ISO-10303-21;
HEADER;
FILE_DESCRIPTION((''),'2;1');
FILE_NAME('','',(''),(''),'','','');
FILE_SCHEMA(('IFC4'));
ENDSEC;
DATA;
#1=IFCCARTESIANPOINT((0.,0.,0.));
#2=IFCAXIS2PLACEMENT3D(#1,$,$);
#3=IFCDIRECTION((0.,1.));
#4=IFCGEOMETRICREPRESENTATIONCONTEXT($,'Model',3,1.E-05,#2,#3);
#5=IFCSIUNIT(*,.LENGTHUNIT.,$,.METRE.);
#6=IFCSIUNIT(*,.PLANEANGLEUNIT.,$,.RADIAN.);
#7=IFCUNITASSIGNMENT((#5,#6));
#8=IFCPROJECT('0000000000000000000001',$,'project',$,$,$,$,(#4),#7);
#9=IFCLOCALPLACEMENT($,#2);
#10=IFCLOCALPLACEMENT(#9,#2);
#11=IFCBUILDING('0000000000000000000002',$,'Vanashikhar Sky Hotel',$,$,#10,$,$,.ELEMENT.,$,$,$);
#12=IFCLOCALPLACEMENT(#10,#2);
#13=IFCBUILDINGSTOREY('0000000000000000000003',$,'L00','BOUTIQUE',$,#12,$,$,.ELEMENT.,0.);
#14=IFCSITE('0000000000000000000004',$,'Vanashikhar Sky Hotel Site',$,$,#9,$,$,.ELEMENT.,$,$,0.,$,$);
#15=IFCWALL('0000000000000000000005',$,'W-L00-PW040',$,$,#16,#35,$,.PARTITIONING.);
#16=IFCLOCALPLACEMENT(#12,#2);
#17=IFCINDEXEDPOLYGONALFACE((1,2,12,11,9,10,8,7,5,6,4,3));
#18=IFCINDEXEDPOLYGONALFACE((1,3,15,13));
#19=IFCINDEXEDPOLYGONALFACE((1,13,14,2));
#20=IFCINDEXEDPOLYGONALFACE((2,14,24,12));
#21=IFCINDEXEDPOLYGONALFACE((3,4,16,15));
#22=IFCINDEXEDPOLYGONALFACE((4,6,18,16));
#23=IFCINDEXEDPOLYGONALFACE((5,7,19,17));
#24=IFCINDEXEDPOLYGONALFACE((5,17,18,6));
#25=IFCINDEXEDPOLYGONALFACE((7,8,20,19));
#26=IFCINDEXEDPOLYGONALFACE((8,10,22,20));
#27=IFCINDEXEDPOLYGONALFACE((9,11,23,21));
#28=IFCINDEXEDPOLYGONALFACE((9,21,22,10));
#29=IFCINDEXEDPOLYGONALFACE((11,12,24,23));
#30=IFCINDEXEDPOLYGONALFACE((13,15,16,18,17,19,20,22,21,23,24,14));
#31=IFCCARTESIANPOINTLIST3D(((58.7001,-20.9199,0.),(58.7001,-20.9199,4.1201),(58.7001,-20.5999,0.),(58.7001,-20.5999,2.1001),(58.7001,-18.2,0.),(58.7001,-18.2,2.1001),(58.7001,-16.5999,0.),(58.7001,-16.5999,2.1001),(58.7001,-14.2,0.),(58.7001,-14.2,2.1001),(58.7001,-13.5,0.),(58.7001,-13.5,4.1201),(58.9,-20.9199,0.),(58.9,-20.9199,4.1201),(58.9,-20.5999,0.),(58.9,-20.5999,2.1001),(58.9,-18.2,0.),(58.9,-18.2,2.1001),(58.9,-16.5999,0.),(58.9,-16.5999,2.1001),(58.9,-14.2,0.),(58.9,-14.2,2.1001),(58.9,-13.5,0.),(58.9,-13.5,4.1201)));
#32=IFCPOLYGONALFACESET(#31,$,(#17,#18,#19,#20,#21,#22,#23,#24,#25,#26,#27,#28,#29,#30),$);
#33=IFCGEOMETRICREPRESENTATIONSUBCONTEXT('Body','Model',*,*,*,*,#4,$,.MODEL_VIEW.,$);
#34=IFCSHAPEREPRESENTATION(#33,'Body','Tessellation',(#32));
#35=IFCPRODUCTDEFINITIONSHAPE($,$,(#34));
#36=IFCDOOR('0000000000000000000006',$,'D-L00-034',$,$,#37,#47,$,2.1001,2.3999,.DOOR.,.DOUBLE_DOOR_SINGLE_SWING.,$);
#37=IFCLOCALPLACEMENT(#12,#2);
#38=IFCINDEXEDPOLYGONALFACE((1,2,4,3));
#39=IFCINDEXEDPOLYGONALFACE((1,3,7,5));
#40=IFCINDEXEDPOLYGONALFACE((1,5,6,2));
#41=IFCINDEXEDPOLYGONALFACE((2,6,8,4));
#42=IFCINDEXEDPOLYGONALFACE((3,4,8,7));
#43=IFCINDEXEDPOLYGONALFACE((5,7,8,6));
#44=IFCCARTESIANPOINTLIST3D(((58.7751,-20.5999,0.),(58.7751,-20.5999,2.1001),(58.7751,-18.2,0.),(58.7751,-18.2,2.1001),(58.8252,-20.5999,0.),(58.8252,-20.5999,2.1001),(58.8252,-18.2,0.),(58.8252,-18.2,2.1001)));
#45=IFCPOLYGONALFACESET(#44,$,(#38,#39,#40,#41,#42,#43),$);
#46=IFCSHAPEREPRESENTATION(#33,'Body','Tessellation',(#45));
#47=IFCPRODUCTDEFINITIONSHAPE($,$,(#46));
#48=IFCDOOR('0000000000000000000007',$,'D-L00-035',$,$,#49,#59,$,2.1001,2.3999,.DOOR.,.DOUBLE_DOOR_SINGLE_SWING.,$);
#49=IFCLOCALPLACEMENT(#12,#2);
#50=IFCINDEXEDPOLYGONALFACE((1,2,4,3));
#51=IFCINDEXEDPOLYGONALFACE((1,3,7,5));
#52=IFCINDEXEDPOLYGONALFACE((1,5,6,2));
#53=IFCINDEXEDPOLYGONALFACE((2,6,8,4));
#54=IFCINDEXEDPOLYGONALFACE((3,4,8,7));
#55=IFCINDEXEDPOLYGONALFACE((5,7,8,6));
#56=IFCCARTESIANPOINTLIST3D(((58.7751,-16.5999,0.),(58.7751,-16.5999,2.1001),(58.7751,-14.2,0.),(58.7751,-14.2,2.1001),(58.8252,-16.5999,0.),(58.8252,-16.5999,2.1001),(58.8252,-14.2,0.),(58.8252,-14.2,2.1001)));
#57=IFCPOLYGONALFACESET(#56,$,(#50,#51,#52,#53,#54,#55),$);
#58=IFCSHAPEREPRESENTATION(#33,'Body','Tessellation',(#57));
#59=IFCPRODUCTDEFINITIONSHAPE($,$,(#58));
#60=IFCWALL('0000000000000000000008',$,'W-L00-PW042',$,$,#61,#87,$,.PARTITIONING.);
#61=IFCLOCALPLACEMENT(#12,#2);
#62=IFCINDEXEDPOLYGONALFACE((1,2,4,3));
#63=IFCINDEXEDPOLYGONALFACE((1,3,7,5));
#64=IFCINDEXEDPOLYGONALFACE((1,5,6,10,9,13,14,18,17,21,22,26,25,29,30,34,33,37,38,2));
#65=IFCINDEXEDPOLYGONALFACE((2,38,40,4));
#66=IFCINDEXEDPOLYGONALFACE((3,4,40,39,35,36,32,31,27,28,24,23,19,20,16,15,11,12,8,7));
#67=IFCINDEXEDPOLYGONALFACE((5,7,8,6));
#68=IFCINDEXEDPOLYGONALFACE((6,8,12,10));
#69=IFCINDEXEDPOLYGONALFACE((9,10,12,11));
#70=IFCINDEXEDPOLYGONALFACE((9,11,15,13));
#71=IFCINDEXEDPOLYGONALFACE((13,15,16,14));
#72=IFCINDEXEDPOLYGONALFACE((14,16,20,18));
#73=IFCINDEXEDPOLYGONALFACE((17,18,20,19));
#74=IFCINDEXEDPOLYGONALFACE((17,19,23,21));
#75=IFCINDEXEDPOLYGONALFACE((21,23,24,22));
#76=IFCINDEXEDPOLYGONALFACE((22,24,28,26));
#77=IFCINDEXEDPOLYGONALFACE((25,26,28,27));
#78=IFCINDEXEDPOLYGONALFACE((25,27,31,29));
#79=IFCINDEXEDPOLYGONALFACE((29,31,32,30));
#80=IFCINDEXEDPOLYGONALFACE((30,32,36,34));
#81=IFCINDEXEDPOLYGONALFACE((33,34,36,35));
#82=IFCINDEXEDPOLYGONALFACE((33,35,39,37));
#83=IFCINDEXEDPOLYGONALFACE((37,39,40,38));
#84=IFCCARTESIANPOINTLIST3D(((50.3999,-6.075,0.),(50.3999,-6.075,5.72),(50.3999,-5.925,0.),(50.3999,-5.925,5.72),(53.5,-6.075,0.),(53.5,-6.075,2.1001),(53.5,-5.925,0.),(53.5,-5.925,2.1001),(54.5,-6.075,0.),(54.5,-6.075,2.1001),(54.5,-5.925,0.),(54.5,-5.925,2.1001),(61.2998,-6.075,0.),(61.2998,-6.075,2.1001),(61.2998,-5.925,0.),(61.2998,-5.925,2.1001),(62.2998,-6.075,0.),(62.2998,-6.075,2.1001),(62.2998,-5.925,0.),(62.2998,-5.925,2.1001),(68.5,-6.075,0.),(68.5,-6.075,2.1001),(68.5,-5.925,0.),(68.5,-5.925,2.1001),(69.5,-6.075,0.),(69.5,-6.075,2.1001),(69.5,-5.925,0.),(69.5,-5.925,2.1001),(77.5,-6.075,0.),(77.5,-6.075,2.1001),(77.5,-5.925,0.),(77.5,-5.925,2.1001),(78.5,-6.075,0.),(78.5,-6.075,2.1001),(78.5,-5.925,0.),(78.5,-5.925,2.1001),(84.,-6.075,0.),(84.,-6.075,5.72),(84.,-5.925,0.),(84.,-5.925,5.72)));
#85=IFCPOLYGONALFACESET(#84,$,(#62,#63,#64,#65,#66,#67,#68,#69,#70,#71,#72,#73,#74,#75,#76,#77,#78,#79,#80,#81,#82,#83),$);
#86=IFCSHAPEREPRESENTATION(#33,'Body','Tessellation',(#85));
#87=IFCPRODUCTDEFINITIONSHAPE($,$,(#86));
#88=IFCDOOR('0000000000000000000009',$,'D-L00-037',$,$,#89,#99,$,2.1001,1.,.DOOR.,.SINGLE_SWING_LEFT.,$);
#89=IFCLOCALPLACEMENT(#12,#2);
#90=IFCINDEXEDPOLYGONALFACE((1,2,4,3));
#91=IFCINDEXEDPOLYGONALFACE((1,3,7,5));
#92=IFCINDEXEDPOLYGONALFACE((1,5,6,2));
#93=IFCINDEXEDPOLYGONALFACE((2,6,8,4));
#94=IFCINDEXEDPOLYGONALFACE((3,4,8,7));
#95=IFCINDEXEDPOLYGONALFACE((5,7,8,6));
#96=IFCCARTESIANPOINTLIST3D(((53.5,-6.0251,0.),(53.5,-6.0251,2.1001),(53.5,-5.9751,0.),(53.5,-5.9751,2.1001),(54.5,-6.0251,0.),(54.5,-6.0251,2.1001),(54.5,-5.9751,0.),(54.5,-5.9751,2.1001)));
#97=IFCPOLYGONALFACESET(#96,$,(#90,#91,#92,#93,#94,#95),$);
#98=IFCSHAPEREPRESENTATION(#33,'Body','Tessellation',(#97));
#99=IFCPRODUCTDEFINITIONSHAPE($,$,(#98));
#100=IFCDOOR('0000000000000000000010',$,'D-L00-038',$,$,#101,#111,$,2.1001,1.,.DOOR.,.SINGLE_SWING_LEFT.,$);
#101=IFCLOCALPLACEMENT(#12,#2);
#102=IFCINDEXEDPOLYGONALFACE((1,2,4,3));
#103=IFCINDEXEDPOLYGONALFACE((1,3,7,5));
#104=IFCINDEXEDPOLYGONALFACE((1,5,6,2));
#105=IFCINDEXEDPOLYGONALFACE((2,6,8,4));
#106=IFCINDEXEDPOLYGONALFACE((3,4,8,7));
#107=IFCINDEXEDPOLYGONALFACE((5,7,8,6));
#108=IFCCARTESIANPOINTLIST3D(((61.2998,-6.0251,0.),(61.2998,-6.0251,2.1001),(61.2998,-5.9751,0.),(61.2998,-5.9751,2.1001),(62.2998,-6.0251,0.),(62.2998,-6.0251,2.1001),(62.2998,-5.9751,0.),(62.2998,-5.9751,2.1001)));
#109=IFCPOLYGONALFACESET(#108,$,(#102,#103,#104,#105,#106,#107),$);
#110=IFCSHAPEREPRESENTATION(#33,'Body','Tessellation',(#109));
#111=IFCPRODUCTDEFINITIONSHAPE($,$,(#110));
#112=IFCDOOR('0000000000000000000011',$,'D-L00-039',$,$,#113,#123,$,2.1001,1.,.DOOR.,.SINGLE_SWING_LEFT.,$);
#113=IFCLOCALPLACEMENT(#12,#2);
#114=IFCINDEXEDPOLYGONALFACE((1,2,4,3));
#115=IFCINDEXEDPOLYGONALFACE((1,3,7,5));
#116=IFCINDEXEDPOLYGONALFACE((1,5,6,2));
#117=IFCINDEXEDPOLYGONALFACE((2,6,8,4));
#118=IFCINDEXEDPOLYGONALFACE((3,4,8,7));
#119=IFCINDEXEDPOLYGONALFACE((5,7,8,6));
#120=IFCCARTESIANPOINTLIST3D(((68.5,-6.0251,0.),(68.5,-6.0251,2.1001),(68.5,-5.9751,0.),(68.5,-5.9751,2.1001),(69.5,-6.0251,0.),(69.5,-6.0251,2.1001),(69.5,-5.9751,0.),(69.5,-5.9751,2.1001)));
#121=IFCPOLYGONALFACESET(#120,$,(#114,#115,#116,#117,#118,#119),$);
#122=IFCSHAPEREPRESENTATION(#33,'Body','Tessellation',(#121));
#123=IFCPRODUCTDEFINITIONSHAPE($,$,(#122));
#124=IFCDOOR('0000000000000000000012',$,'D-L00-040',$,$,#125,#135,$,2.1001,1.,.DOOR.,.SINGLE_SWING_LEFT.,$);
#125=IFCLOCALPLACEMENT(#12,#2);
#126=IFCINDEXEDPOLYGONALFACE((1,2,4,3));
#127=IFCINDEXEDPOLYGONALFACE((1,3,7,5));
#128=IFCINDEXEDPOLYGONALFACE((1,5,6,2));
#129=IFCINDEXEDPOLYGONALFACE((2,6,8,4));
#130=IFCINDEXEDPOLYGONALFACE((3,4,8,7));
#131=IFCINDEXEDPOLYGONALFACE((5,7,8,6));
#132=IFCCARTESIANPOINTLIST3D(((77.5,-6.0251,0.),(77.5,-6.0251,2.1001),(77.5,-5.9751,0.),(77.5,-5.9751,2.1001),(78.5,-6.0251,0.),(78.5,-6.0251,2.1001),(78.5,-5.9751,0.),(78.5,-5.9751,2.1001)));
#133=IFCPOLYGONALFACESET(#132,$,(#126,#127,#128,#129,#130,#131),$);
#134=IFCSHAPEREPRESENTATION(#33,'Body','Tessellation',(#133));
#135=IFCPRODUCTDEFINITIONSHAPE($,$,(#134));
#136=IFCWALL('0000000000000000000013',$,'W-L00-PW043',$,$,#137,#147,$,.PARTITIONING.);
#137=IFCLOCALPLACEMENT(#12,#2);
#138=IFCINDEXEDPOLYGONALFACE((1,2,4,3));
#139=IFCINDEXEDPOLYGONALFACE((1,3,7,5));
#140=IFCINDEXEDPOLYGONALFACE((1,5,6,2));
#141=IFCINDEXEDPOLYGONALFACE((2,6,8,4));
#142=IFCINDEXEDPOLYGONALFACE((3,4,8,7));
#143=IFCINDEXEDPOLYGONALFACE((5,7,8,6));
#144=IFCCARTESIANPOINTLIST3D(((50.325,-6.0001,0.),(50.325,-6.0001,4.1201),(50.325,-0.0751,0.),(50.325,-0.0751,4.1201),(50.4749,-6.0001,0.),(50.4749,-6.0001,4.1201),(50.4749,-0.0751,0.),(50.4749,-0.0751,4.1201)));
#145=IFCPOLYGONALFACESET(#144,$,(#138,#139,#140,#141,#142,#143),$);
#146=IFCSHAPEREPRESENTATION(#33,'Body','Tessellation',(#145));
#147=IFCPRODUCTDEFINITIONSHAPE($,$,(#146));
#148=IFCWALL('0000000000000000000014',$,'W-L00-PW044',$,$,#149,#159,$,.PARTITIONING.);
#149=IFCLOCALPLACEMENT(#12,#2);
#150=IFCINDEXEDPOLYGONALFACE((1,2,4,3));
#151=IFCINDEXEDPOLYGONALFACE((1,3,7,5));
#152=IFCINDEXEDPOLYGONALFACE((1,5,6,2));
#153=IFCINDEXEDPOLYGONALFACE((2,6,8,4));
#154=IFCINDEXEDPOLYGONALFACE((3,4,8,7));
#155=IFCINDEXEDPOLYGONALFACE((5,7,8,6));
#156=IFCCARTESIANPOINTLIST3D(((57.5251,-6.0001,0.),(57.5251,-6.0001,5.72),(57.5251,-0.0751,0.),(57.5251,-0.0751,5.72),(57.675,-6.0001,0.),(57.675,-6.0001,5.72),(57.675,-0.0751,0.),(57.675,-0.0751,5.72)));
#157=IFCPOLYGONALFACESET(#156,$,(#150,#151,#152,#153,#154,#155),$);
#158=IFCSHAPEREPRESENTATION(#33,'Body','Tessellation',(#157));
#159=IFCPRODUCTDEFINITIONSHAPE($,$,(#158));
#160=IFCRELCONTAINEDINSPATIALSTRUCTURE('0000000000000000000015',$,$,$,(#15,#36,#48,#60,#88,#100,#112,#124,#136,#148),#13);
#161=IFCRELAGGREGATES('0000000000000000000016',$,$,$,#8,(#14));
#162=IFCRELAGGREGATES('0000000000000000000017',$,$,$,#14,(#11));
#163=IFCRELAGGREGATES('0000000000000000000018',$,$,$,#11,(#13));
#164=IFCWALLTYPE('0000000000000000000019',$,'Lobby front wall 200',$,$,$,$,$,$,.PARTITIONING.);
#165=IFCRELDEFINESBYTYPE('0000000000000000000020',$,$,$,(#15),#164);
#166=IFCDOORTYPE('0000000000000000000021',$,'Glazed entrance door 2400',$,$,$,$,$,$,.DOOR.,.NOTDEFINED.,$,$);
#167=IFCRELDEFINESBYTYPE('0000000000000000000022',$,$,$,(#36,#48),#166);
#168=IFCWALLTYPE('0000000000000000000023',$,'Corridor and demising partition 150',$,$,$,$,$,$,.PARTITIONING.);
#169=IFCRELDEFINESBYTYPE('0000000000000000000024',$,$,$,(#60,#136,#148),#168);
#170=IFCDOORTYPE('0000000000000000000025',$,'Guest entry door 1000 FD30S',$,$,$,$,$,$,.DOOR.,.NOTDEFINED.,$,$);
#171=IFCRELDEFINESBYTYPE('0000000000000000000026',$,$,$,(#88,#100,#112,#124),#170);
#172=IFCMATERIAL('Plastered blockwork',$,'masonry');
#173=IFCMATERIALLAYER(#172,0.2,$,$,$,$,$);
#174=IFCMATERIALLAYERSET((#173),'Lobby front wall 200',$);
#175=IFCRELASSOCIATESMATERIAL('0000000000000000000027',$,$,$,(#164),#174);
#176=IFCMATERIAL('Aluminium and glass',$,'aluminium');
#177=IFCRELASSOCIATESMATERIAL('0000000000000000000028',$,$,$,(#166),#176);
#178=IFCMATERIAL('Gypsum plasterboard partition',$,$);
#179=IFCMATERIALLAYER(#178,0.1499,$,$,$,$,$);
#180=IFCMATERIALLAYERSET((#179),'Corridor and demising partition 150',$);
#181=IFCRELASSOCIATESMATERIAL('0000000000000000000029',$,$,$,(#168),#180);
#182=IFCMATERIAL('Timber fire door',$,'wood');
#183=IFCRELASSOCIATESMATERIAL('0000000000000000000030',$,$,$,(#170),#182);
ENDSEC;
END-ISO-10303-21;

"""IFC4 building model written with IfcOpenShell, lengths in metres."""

from ifc_helpers import new_model, si_unit, direction, frame, frame_2d, origin, place, context, subcontext, project, spatial, rectangle, extrude, source, transform, mapped, material, layer, layer_set, type_object, element, fill, save


model = new_model("IFC4")

# Units and contexts
model_context = context("Model", 3, precision=1e-05, world=origin(), true_north=direction((0.0, 1.0)))
body_context = subcontext(model_context, "Body", "Model", "MODEL_VIEW")
ifc_project = project(units=[si_unit("LENGTHUNIT", "METRE"), si_unit("PLANEANGLEUNIT", "RADIAN")], contexts=[model_context])

# Site, building, storey
site_placement = place(None, origin())
site = spatial("IfcSite", under=ifc_project, at=site_placement, Name="Vanashikhar Sky Hotel Site", CompositionType="ELEMENT", RefElevation=0.0)
building_placement = place(site_placement, origin())
building = spatial("IfcBuilding", under=site, at=building_placement, Name="Vanashikhar Sky Hotel", CompositionType="ELEMENT")
storey_placement = place(building_placement, origin())
storey = spatial("IfcBuildingStorey", under=building, at=storey_placement, Name="L00", Description="BOUTIQUE", CompositionType="ELEMENT", Elevation=0.0)

# Walls, openings, doors
ifc_material_1 = material(Name="Plastered blockwork", Category="masonry")
ifc_layer_1 = layer(ifc_material_1, 0.2)
ifc_layer_set_1 = layer_set([ifc_layer_1], Name="Lobby front wall 200")
wall_type_1 = type_object("IfcWallType", Name="Lobby front wall 200", PredefinedType="PARTITIONING", material=ifc_layer_set_1)
shared_shape_1 = source(origin(), body_context, "Body", "SweptSolid", [
    extrude(rectangle(XDim=2.3999, YDim=2.1001, at=frame_2d((1.2, 1.05))), frame((0.0, 0.1099, 0.0), z_axis=(0.0, -1.0, 0.0), x_axis=(1.0, 0.0, 0.0)), (0.0, 0.0, 1.0), 0.22),
])
ifc_material_2 = material(Name="Aluminium and glass", Category="aluminium")
door_type_1 = type_object("IfcDoorType", Name="Glazed entrance door 2400", OperationType="NOTDEFINED", PredefinedType="DOOR", material=ifc_material_2)
shared_shape_2 = source(origin(), body_context, "Body", "SweptSolid", [
    extrude(rectangle(XDim=2.3999, YDim=2.1001, at=frame_2d((1.2, 1.05))), frame((0.0, 0.0249, 0.0), z_axis=(0.0, -1.0, 0.0), x_axis=(1.0, 0.0, 0.0)), (0.0, 0.0, 1.0), 0.05),
])
shared_shape_3 = source(origin(), body_context, "Body", "SweptSolid", [
    extrude(rectangle(XDim=7.4199, YDim=0.2, at=frame_2d((3.71, 0.0))), origin(), (0.0, 0.0, 1.0), 4.1201),
])
wall_1_placement = place(storey_placement, frame((58.8, -20.9199, 0.0), z_axis=(0.0, 0.0, 1.0), x_axis=(0.0, 1.0, 0.0)))
wall_1 = element("IfcWall", 1, at=wall_1_placement, inside=storey, type_object=wall_type_1, Name="W-L00-PW040", PredefinedType="PARTITIONING", context=body_context, shape_type="MappedRepresentation", body=[
    mapped(shared_shape_3, transform((0.0, 0.0, 0.0), scale=1.0)),
])
opening_1_placement = place(wall_1_placement, frame((0.3201, 0.0, 0.0)))
opening_1 = element("IfcOpeningElement", 2, at=opening_1_placement, cuts=wall_1, PredefinedType="OPENING", context=body_context, shape_type="MappedRepresentation", body=[
    mapped(shared_shape_1, transform((0.0, 0.0, 0.0), scale=1.0)),
])
opening_2_placement = place(wall_1_placement, frame((4.3201, 0.0, 0.0)))
opening_2 = element("IfcOpeningElement", 3, at=opening_2_placement, cuts=wall_1, PredefinedType="OPENING", context=body_context, shape_type="MappedRepresentation", body=[
    mapped(shared_shape_1, transform((0.0, 0.0, 0.0), scale=1.0)),
])
door_1_placement = place(opening_1_placement, origin())
door_1 = element("IfcDoor", 4, at=door_1_placement, inside=storey, type_object=door_type_1, Name="D-L00-034", OperationType="DOUBLE_DOOR_SINGLE_SWING", OverallHeight=2.1001, OverallWidth=2.3999, PredefinedType="DOOR", context=body_context, shape_type="MappedRepresentation", body=[
    mapped(shared_shape_2, transform((0.0, 0.0, 0.0), scale=1.0)),
])
fill(opening_1, door_1)
door_2_placement = place(opening_2_placement, origin())
door_2 = element("IfcDoor", 5, at=door_2_placement, inside=storey, type_object=door_type_1, Name="D-L00-035", OperationType="DOUBLE_DOOR_SINGLE_SWING", OverallHeight=2.1001, OverallWidth=2.3999, PredefinedType="DOOR", context=body_context, shape_type="MappedRepresentation", body=[
    mapped(shared_shape_2, transform((0.0, 0.0, 0.0), scale=1.0)),
])
fill(opening_2, door_2)
ifc_material_3 = material(Name="Gypsum plasterboard partition")
ifc_layer_2 = layer(ifc_material_3, 0.1499)
ifc_layer_set_2 = layer_set([ifc_layer_2], Name="Corridor and demising partition 150")
wall_type_2 = type_object("IfcWallType", Name="Corridor and demising partition 150", PredefinedType="PARTITIONING", material=ifc_layer_set_2)
shared_shape_4 = source(origin(), body_context, "Body", "SweptSolid", [
    extrude(rectangle(XDim=33.6001, YDim=0.1499, at=frame_2d((16.8, 0.0))), origin(), (0.0, 0.0, 1.0), 5.72),
])
wall_2_placement = place(storey_placement, frame((50.3999, -6.0, 0.0), z_axis=(0.0, 0.0, 1.0), x_axis=(1.0, 0.0, 0.0)))
wall_2 = element("IfcWall", 6, at=wall_2_placement, inside=storey, type_object=wall_type_2, Name="W-L00-PW042", PredefinedType="PARTITIONING", context=body_context, shape_type="MappedRepresentation", body=[
    mapped(shared_shape_4, transform((0.0, 0.0, 0.0), scale=1.0)),
])
shared_shape_5 = source(origin(), body_context, "Body", "SweptSolid", [
    extrude(rectangle(XDim=1.0, YDim=2.1001, at=frame_2d((0.5, 1.05))), frame((0.0, 0.085, 0.0), z_axis=(0.0, -1.0, 0.0), x_axis=(1.0, 0.0, 0.0)), (0.0, 0.0, 1.0), 0.1699),
])
opening_3_placement = place(wall_2_placement, frame((3.1001, 0.0, 0.0)))
opening_3 = element("IfcOpeningElement", 7, at=opening_3_placement, cuts=wall_2, PredefinedType="OPENING", context=body_context, shape_type="MappedRepresentation", body=[
    mapped(shared_shape_5, transform((0.0, 0.0, 0.0), scale=1.0)),
])
opening_4_placement = place(wall_2_placement, frame((10.8999, 0.0, 0.0)))
opening_4 = element("IfcOpeningElement", 8, at=opening_4_placement, cuts=wall_2, PredefinedType="OPENING", context=body_context, shape_type="MappedRepresentation", body=[
    mapped(shared_shape_5, transform((0.0, 0.0, 0.0), scale=1.0)),
])
opening_5_placement = place(wall_2_placement, frame((18.1001, 0.0, 0.0)))
opening_5 = element("IfcOpeningElement", 9, at=opening_5_placement, cuts=wall_2, PredefinedType="OPENING", context=body_context, shape_type="MappedRepresentation", body=[
    mapped(shared_shape_5, transform((0.0, 0.0, 0.0), scale=1.0)),
])
opening_6_placement = place(wall_2_placement, frame((27.1001, 0.0, 0.0)))
opening_6 = element("IfcOpeningElement", 10, at=opening_6_placement, cuts=wall_2, PredefinedType="OPENING", context=body_context, shape_type="MappedRepresentation", body=[
    mapped(shared_shape_5, transform((0.0, 0.0, 0.0), scale=1.0)),
])
ifc_material_4 = material(Name="Timber fire door", Category="wood")
door_type_2 = type_object("IfcDoorType", Name="Guest entry door 1000 FD30S", OperationType="NOTDEFINED", PredefinedType="DOOR", material=ifc_material_4)
shared_shape_6 = source(origin(), body_context, "Body", "SweptSolid", [
    extrude(rectangle(XDim=1.0, YDim=2.1001, at=frame_2d((0.5, 1.05))), frame((0.0, 0.0249, 0.0), z_axis=(0.0, -1.0, 0.0), x_axis=(1.0, 0.0, 0.0)), (0.0, 0.0, 1.0), 0.05),
])
door_3_placement = place(opening_3_placement, origin())
door_3 = element("IfcDoor", 11, at=door_3_placement, inside=storey, type_object=door_type_2, Name="D-L00-037", OperationType="SINGLE_SWING_LEFT", OverallHeight=2.1001, OverallWidth=1.0, PredefinedType="DOOR", context=body_context, shape_type="MappedRepresentation", body=[
    mapped(shared_shape_6, transform((0.0, 0.0, 0.0), scale=1.0)),
])
fill(opening_3, door_3)
door_4_placement = place(opening_4_placement, origin())
door_4 = element("IfcDoor", 12, at=door_4_placement, inside=storey, type_object=door_type_2, Name="D-L00-038", OperationType="SINGLE_SWING_LEFT", OverallHeight=2.1001, OverallWidth=1.0, PredefinedType="DOOR", context=body_context, shape_type="MappedRepresentation", body=[
    mapped(shared_shape_6, transform((0.0, 0.0, 0.0), scale=1.0)),
])
fill(opening_4, door_4)
door_5_placement = place(opening_5_placement, origin())
door_5 = element("IfcDoor", 13, at=door_5_placement, inside=storey, type_object=door_type_2, Name="D-L00-039", OperationType="SINGLE_SWING_LEFT", OverallHeight=2.1001, OverallWidth=1.0, PredefinedType="DOOR", context=body_context, shape_type="MappedRepresentation", body=[
    mapped(shared_shape_6, transform((0.0, 0.0, 0.0), scale=1.0)),
])
fill(opening_5, door_5)
door_6_placement = place(opening_6_placement, origin())
door_6 = element("IfcDoor", 14, at=door_6_placement, inside=storey, type_object=door_type_2, Name="D-L00-040", OperationType="SINGLE_SWING_LEFT", OverallHeight=2.1001, OverallWidth=1.0, PredefinedType="DOOR", context=body_context, shape_type="MappedRepresentation", body=[
    mapped(shared_shape_6, transform((0.0, 0.0, 0.0), scale=1.0)),
])
fill(opening_6, door_6)

# Walls
shared_shape_7 = source(origin(), body_context, "Body", "SweptSolid", [
    extrude(rectangle(XDim=5.925, YDim=0.1499, at=frame_2d((2.9624, 0.0))), origin(), (0.0, 0.0, 1.0), 4.1201),
])
wall_3_placement = place(storey_placement, frame((50.3999, -6.0, 0.0), z_axis=(0.0, 0.0, 1.0), x_axis=(0.0, 1.0, 0.0)))
element("IfcWall", 15, at=wall_3_placement, inside=storey, type_object=wall_type_2, Name="W-L00-PW043", PredefinedType="PARTITIONING", context=body_context, shape_type="MappedRepresentation", body=[
    mapped(shared_shape_7, transform((0.0, 0.0, 0.0), scale=1.0)),
])
shared_shape_8 = source(origin(), body_context, "Body", "SweptSolid", [
    extrude(rectangle(XDim=5.925, YDim=0.1499, at=frame_2d((2.9624, 0.0))), origin(), (0.0, 0.0, 1.0), 5.72),
])
wall_4_placement = place(storey_placement, frame((57.6001, -6.0, 0.0), z_axis=(0.0, 0.0, 1.0), x_axis=(0.0, 1.0, 0.0)))
element("IfcWall", 16, at=wall_4_placement, inside=storey, type_object=wall_type_2, Name="W-L00-PW044", PredefinedType="PARTITIONING", context=body_context, shape_type="MappedRepresentation", body=[
    mapped(shared_shape_8, transform((0.0, 0.0, 0.0), scale=1.0)),
])

save(model, "model.ifc")
